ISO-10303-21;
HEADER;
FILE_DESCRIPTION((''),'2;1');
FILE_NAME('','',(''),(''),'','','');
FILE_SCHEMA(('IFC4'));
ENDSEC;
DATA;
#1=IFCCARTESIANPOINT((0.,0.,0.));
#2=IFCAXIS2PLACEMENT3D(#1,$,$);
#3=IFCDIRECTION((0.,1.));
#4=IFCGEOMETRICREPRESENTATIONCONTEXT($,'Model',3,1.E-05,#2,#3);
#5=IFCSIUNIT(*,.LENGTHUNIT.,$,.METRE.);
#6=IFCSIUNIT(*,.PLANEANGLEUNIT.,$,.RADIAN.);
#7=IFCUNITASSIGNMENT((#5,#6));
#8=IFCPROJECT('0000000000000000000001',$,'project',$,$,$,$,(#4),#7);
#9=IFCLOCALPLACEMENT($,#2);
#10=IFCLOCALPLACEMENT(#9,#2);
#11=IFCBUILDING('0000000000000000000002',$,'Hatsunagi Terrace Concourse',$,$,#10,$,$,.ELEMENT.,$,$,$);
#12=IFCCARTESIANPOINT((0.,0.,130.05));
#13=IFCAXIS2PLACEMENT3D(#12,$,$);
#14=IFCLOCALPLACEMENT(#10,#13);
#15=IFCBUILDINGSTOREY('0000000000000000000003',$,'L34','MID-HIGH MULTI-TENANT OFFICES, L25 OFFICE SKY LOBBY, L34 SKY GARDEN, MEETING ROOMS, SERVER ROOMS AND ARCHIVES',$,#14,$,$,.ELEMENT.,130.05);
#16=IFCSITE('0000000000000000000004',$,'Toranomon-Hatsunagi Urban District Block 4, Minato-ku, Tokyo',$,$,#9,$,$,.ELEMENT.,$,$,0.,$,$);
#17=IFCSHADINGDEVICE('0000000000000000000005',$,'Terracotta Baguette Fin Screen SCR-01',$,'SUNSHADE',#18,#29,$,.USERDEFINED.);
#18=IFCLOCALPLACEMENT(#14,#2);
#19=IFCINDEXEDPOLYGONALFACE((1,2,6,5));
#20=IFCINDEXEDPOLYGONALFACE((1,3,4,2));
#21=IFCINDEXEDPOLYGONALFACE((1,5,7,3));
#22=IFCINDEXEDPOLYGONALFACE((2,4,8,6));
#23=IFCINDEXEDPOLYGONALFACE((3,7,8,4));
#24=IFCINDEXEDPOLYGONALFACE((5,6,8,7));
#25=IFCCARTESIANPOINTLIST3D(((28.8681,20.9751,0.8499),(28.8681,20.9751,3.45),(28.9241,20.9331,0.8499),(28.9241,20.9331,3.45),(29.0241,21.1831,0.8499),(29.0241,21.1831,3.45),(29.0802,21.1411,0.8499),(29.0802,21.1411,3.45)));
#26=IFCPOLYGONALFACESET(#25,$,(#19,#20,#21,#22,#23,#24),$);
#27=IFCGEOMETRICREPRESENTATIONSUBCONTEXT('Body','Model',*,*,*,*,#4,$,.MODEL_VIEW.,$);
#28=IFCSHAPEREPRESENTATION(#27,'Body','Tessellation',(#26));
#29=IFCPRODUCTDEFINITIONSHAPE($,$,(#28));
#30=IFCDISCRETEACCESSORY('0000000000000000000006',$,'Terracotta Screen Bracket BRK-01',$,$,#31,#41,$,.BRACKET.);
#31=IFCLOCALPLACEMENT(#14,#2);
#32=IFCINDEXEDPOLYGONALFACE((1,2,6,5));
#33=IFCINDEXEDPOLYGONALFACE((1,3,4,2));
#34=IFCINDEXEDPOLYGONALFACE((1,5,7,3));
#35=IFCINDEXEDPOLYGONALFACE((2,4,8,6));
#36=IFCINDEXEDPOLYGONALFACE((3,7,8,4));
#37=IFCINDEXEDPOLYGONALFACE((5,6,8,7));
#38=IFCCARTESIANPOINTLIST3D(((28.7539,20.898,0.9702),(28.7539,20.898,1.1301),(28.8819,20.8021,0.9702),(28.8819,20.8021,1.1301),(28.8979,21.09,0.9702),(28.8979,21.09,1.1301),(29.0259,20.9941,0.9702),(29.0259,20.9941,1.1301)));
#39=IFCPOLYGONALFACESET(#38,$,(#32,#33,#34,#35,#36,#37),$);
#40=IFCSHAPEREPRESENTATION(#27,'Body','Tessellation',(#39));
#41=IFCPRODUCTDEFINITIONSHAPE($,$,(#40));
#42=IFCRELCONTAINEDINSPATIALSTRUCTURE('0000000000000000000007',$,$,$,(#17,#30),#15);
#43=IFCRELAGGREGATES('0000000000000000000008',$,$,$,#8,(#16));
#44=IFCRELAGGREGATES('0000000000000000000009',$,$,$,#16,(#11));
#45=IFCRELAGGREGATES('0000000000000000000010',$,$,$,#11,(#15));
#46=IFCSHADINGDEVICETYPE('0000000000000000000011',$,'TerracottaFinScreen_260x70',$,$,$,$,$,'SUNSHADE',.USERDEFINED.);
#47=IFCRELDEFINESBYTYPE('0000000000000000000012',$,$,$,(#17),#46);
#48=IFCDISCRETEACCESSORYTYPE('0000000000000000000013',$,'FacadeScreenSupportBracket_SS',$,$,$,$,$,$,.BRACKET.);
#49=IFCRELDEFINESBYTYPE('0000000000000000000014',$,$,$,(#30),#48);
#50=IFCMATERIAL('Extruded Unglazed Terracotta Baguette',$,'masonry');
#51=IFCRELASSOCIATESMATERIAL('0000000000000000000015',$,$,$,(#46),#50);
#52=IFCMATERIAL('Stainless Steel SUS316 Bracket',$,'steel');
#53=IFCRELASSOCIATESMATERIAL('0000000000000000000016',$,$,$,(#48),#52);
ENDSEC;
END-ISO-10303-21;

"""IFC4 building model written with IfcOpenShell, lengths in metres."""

from ifc_helpers import new_model, si_unit, direction, frame, origin, origin_2d, place, context, subcontext, project, spatial, rectangle, extrude, material, type_object, element, save


model = new_model("IFC4")

# Units and contexts
model_context = context("Model", 3, precision=1e-05, world=origin(), true_north=direction((0.0, 1.0)))
body_context = subcontext(model_context, "Body", "Model", "MODEL_VIEW")
ifc_project = project(units=[si_unit("LENGTHUNIT", "METRE"), si_unit("PLANEANGLEUNIT", "RADIAN")], contexts=[model_context])

# Site, building, storey
site_placement = place(None, origin())
site = spatial("IfcSite", under=ifc_project, at=site_placement, Name="Toranomon-Hatsunagi Urban District Block 4, Minato-ku, Tokyo", CompositionType="ELEMENT", RefElevation=0.0)
building_placement = place(site_placement, origin())
building = spatial("IfcBuilding", under=site, at=building_placement, Name="Hatsunagi Terrace Concourse", CompositionType="ELEMENT")
storey_placement = place(building_placement, frame((0.0, 0.0, 130.05)))
storey = spatial("IfcBuildingStorey", under=building, at=storey_placement, Name="L34", Description="MID-HIGH MULTI-TENANT OFFICES, L25 OFFICE SKY LOBBY, L34 SKY GARDEN, MEETING ROOMS, SERVER ROOMS AND ARCHIVES", CompositionType="ELEMENT", Elevation=130.05)

# Shading device
ifc_material_1 = material(Name="Extruded Unglazed Terracotta Baguette", Category="masonry")
shading_device_type = type_object("IfcShadingDeviceType", Name="TerracottaFinScreen_260x70", ElementType="SUNSHADE", PredefinedType="USERDEFINED", material=ifc_material_1)
shading_device_placement = place(storey_placement, frame((28.9741, 21.0581, 0.8499), z_axis=(0.0, 0.0, 1.0), x_axis=(-0.800005, 0.599993, 0.0)))
element("IfcShadingDevice", 1, at=shading_device_placement, inside=storey, type_object=shading_device_type, Name="Terracotta Baguette Fin Screen SCR-01", ObjectType="SUNSHADE", PredefinedType="USERDEFINED", context=body_context, shape_type="SweptSolid", body=[
    extrude(rectangle(XDim=0.0701, YDim=0.26, at=origin_2d()), origin(), (0.0, 0.0, 1.0), 2.6001),
])

# Discrete accessory
ifc_material_2 = material(Name="Stainless Steel SUS316 Bracket", Category="steel")
discrete_accessory_type = type_object("IfcDiscreteAccessoryType", Name="FacadeScreenSupportBracket_SS", PredefinedType="BRACKET", material=ifc_material_2)
discrete_accessory_placement = place(storey_placement, frame((28.8899, 20.946, 0.9702), z_axis=(0.0, 0.0, 1.0), x_axis=(-0.800005, 0.599993, 0.0)))
element("IfcDiscreteAccessory", 2, at=discrete_accessory_placement, inside=storey, type_object=discrete_accessory_type, Name="Terracotta Screen Bracket BRK-01", PredefinedType="BRACKET", context=body_context, shape_type="SweptSolid", body=[
    extrude(rectangle(XDim=0.1599, YDim=0.24, at=origin_2d()), origin(), (0.0, 0.0, 1.0), 0.1599),
])

save(model, "model.ifc")
